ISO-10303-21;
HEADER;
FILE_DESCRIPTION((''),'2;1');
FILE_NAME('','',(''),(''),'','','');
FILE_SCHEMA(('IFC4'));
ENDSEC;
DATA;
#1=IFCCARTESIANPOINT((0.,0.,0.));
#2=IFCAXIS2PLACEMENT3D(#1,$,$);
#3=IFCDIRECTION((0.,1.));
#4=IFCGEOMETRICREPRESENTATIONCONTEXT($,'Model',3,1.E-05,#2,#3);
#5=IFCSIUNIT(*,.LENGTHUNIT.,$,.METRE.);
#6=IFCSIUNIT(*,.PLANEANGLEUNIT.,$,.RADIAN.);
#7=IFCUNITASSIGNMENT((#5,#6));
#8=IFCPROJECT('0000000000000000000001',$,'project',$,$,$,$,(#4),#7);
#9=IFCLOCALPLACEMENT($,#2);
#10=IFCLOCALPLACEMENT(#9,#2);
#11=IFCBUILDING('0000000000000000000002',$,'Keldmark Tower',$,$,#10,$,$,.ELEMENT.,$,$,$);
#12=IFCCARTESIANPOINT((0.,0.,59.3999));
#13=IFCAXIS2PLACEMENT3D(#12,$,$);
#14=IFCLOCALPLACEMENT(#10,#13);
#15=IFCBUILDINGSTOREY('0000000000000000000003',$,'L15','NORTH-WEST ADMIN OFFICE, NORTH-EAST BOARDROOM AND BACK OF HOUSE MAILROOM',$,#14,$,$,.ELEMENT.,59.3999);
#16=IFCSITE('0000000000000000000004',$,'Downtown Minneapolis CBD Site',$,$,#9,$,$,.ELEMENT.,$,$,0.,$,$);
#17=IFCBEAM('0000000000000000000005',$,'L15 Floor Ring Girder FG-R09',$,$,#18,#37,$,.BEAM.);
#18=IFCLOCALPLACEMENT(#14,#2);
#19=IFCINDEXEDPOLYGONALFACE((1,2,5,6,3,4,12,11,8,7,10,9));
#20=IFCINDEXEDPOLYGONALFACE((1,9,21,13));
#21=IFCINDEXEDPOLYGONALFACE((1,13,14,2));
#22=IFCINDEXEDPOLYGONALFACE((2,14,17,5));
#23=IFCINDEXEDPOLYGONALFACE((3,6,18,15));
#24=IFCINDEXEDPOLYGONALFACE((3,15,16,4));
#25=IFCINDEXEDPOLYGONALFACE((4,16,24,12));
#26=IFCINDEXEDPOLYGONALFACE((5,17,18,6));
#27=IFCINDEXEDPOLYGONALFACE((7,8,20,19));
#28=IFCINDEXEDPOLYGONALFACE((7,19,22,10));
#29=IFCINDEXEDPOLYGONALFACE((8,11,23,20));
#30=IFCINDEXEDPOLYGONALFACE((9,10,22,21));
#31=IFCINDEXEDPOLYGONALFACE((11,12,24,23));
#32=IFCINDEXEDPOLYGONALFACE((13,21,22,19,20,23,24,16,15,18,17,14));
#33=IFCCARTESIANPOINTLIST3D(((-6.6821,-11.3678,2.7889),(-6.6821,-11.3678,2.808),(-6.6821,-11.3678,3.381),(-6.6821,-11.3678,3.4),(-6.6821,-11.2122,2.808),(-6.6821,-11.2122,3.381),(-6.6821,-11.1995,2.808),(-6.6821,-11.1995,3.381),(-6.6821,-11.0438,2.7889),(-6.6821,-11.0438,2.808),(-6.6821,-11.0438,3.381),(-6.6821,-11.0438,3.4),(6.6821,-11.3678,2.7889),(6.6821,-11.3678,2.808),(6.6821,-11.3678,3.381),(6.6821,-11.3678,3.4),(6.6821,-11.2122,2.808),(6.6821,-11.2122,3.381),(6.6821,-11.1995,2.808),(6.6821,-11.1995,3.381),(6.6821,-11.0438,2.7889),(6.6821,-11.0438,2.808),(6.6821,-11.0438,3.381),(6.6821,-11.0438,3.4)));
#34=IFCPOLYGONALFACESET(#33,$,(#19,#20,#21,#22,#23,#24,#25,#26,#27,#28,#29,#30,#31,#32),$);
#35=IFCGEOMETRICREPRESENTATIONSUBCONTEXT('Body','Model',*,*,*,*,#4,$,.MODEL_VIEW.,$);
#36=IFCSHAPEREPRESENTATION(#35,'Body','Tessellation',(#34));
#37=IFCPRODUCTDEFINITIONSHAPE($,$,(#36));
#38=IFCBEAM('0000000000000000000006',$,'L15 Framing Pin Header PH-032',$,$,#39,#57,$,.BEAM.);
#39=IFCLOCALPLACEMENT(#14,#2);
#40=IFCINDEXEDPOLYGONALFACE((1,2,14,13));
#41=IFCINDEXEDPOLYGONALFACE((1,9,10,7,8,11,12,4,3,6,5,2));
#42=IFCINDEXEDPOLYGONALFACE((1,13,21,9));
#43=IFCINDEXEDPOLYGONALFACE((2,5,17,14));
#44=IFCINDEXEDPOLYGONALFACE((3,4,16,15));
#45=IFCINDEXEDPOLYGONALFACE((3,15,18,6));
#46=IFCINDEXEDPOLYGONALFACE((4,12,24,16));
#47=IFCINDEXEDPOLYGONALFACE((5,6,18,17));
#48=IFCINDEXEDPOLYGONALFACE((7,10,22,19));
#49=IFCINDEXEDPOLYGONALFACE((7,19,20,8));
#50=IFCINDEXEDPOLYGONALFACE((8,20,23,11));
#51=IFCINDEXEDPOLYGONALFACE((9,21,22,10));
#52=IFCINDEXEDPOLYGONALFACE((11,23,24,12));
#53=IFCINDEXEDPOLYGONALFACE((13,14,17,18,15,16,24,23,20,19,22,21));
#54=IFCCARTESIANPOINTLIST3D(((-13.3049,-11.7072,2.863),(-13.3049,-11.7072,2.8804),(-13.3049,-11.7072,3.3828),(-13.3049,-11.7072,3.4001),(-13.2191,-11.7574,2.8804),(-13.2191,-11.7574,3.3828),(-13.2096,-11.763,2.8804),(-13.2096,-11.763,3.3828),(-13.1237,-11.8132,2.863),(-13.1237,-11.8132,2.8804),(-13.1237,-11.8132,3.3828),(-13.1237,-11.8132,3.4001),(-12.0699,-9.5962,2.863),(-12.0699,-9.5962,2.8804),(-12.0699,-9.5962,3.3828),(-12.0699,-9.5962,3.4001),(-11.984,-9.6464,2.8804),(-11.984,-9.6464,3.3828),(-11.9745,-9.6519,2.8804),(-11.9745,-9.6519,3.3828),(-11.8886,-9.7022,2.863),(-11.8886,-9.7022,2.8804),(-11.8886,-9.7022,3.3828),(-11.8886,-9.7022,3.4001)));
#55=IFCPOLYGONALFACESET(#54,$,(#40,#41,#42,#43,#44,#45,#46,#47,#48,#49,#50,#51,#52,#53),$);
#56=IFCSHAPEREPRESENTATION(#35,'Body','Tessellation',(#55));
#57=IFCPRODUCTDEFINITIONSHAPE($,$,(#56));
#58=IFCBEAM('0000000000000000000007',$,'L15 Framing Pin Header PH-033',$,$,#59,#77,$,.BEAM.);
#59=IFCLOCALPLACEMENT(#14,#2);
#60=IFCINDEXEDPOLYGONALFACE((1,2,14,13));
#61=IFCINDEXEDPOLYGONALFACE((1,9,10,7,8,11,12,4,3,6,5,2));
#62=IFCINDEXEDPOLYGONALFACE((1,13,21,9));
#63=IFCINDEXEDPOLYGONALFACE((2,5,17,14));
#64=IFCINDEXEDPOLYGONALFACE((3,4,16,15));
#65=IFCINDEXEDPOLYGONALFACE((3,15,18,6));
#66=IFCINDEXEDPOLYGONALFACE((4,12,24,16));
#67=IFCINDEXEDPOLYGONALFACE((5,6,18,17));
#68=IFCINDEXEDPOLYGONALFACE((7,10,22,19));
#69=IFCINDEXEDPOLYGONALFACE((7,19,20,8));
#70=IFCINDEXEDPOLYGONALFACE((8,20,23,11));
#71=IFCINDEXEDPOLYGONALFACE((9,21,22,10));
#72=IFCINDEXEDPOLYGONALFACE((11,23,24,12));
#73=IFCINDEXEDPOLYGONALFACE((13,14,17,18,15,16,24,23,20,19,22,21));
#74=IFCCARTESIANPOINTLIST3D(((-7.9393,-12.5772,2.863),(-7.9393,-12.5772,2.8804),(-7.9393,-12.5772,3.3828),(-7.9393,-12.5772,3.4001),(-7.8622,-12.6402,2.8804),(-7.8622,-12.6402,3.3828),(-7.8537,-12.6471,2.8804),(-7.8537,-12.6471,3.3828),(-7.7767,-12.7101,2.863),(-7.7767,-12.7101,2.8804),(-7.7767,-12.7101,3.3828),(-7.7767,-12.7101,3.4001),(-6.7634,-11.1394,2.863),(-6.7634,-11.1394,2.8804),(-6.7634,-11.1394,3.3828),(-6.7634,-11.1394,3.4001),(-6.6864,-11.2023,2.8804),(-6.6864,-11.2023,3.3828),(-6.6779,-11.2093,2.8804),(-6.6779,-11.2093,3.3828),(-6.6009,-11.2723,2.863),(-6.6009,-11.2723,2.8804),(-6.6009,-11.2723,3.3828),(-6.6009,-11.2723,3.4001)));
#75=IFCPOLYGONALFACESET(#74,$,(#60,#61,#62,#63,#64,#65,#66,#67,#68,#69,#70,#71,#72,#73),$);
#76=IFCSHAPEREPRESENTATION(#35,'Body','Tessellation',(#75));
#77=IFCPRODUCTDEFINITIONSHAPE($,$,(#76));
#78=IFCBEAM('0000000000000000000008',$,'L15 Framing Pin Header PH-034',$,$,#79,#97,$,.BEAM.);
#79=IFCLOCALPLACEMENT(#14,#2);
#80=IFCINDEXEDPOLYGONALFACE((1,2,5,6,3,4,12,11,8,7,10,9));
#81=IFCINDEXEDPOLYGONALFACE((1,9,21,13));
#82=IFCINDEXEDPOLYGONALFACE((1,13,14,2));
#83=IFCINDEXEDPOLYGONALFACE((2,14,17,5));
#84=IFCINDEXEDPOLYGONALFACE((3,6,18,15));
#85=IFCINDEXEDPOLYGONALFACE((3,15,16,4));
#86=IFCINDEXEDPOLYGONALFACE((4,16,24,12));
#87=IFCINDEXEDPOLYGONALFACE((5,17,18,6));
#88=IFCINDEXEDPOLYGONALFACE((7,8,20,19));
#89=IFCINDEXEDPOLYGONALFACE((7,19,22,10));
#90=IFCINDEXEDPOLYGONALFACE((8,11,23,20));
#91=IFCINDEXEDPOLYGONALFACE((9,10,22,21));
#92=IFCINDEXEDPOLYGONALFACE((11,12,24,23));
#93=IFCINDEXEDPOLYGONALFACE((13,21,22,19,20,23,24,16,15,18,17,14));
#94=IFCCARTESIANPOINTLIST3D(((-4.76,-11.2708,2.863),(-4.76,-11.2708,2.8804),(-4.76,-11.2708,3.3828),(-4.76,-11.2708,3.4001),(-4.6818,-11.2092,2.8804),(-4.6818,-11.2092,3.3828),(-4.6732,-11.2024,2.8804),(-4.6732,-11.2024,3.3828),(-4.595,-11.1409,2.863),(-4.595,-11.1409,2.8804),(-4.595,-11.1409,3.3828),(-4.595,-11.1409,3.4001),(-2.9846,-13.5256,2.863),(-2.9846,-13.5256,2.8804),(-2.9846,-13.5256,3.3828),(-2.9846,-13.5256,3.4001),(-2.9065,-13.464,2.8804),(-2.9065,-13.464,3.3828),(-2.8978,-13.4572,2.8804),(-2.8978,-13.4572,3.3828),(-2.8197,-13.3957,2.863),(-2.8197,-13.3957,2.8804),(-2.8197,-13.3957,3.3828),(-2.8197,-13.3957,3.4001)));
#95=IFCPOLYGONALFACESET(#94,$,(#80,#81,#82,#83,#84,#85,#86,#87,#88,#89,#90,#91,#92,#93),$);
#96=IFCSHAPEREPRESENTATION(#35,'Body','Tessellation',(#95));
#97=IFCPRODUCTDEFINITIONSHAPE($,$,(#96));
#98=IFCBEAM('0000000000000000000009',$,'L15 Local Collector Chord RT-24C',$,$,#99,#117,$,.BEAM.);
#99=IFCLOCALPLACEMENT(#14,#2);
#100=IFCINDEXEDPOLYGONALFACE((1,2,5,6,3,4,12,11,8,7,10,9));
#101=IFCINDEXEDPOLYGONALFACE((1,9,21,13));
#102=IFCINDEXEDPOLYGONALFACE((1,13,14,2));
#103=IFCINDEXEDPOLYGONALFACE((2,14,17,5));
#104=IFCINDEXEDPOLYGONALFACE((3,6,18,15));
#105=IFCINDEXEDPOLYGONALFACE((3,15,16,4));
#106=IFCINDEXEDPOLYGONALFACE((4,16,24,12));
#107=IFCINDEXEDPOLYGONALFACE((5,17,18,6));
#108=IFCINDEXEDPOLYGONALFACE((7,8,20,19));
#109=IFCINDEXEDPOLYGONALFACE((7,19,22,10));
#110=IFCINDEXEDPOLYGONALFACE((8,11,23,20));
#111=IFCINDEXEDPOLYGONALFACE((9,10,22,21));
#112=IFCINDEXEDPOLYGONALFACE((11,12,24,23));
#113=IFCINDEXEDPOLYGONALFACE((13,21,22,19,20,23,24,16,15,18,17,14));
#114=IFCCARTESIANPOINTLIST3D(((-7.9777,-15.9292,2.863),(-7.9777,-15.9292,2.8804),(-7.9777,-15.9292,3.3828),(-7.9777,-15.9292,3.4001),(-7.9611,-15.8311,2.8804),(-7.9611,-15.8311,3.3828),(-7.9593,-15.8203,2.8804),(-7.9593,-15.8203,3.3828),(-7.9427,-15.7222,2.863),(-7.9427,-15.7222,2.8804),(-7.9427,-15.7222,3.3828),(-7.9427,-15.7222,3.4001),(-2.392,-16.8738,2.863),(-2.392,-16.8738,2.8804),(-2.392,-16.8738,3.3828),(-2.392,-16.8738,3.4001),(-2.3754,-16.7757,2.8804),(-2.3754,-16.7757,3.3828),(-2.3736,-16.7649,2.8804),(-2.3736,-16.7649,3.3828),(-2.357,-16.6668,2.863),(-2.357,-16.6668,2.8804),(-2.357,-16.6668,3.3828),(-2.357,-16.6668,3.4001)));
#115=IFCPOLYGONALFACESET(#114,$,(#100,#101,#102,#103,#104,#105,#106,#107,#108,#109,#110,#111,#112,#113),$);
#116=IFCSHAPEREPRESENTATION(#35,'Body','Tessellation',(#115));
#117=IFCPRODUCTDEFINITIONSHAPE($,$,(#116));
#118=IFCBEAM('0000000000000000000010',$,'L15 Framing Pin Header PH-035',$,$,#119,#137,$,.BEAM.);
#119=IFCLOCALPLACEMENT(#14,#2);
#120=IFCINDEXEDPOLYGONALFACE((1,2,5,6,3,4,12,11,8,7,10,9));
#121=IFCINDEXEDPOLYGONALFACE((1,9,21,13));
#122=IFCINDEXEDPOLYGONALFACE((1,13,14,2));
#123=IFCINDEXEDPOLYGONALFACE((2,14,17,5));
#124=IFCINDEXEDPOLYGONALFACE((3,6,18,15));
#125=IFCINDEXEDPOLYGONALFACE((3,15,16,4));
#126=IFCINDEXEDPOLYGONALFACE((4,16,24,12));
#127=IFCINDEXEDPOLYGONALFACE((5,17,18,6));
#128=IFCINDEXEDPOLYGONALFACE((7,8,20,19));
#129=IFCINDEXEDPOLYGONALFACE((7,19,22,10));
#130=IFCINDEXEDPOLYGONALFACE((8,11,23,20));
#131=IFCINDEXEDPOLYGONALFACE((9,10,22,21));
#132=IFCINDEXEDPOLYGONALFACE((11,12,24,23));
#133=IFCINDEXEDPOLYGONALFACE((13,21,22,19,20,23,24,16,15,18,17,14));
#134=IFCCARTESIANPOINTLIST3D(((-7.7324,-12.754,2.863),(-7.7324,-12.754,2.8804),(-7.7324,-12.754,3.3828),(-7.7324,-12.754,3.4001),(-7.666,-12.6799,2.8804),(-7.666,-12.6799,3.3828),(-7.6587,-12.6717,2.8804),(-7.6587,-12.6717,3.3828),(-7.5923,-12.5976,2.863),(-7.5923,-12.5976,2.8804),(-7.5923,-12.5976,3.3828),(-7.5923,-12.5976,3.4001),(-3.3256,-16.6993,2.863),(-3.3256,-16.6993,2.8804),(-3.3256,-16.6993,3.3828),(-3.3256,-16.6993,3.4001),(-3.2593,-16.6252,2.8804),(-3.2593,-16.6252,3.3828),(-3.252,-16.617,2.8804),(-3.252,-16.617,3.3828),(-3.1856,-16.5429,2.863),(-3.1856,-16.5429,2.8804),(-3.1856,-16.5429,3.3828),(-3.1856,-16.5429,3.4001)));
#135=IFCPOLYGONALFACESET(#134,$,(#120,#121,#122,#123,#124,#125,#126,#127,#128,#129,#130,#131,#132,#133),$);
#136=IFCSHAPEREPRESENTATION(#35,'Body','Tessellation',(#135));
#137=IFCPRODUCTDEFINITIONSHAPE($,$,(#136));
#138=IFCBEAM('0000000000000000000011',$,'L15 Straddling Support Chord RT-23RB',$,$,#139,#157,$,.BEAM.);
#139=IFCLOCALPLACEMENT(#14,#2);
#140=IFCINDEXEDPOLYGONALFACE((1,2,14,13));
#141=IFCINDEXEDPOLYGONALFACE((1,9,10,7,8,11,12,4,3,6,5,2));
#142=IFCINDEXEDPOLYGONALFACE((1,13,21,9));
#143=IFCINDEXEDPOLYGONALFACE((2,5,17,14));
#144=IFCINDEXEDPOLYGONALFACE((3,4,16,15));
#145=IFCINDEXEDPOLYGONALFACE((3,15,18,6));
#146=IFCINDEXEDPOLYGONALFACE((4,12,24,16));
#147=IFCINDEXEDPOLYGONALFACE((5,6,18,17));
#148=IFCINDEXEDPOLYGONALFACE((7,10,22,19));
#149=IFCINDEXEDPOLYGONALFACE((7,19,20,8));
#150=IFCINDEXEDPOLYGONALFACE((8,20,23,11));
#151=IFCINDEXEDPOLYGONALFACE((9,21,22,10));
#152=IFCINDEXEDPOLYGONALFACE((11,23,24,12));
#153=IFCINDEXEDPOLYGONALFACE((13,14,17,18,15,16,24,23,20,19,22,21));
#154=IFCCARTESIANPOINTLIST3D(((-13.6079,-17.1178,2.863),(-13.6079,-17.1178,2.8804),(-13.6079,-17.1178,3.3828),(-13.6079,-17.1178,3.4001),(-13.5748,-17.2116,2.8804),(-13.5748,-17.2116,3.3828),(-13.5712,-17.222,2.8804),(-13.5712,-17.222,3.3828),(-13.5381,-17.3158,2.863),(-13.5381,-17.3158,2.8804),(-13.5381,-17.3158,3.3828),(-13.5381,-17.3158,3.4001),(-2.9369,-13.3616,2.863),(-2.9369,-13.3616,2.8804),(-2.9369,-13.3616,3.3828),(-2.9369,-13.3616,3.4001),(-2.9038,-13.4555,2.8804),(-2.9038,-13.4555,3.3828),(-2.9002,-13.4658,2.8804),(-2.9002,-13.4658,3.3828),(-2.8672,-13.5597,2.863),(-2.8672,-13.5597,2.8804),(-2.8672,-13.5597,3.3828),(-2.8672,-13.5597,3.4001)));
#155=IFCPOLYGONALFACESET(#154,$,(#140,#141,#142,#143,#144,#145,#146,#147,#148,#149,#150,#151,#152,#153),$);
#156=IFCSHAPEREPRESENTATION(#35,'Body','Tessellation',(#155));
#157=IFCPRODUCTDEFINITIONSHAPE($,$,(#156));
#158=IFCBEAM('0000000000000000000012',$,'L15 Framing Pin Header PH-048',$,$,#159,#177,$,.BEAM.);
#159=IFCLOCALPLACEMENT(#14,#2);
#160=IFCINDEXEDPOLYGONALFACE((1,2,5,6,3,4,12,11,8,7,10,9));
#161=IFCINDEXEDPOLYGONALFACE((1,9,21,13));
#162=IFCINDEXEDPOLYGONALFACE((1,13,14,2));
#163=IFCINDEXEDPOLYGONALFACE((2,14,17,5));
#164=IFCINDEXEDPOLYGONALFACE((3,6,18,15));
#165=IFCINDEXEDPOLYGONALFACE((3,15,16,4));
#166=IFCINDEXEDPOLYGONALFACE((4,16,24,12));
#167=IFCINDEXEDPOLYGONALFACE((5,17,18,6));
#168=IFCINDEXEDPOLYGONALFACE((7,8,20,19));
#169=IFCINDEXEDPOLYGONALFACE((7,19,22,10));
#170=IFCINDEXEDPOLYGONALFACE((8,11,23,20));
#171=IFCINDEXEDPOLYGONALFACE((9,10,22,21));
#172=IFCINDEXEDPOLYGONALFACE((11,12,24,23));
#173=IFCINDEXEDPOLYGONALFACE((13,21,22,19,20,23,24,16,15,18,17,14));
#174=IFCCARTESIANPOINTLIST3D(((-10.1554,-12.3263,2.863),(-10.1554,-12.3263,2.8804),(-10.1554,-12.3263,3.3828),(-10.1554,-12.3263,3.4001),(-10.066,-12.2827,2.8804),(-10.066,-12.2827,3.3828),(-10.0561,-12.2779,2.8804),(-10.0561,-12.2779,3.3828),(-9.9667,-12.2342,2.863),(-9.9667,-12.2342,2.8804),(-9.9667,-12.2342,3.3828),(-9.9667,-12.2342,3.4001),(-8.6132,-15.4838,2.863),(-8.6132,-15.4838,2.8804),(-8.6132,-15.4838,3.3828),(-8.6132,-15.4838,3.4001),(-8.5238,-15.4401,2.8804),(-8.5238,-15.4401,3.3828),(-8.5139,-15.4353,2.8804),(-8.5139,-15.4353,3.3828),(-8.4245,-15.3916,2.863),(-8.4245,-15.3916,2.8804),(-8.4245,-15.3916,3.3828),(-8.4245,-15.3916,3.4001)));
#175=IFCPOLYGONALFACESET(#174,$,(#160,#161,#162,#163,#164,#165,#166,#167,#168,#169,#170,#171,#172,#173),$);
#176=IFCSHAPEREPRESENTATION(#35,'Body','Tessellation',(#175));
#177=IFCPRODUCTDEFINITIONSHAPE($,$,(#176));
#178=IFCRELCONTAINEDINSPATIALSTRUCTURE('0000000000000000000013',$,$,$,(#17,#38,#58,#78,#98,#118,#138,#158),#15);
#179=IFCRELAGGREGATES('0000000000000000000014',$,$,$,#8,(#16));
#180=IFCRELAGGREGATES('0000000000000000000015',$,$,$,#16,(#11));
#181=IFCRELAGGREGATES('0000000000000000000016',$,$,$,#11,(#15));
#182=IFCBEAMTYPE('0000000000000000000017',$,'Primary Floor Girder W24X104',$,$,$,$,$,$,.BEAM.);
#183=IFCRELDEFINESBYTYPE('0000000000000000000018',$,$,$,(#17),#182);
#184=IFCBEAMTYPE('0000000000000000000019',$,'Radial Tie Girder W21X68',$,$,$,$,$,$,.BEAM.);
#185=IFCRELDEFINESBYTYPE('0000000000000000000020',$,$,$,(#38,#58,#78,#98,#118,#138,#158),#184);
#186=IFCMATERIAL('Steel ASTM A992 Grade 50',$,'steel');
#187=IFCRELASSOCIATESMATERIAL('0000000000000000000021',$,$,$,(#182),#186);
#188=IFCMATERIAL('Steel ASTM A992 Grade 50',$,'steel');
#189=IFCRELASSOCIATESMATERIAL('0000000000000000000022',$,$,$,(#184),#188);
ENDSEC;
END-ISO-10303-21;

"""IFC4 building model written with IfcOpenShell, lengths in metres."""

from ifc_helpers import new_model, si_unit, direction, frame, origin, origin_2d, place, context, subcontext, project, spatial, i_section, extrude, material, material_profile, profile_set, type_object, element, save


model = new_model("IFC4")

# Units and contexts
model_context = context("Model", 3, precision=1e-05, world=origin(), true_north=direction((0.0, 1.0)))
body_context = subcontext(model_context, "Body", "Model", "MODEL_VIEW")
ifc_project = project(units=[si_unit("LENGTHUNIT", "METRE"), si_unit("PLANEANGLEUNIT", "RADIAN")], contexts=[model_context])

# Site, building, storey
site_placement = place(None, origin())
site = spatial("IfcSite", under=ifc_project, at=site_placement, Name="Downtown Minneapolis CBD Site", CompositionType="ELEMENT", RefElevation=0.0)
building_placement = place(site_placement, origin())
building = spatial("IfcBuilding", under=site, at=building_placement, Name="Keldmark Tower", CompositionType="ELEMENT")
storey_placement = place(building_placement, frame((0.0, 0.0, 59.3999)))
storey = spatial("IfcBuildingStorey", under=building, at=storey_placement, Name="L15", Description="NORTH-WEST ADMIN OFFICE, NORTH-EAST BOARDROOM AND BACK OF HOUSE MAILROOM", CompositionType="ELEMENT", Elevation=59.3999)

# Beams
ifc_material_1 = material(Name="Steel ASTM A992 Grade 50", Category="steel")
ifc_material_profile_1 = material_profile(ifc_material_1, i_section(OverallWidth=0.324, OverallDepth=0.6111, WebThickness=0.0127, FlangeThickness=0.019, at=origin_2d()), Name="W24X104")
ifc_profile_set_1 = profile_set([ifc_material_profile_1], Name="Steel ASTM A992 Grade 50")
beam_type_1 = type_object("IfcBeamType", Name="Primary Floor Girder W24X104", PredefinedType="BEAM", material=ifc_profile_set_1)
beam_1_placement = place(storey_placement, frame((-6.6821, -11.2058, 3.0945), z_axis=(1.0, 0.0, 0.0), x_axis=(0.0, 1.0, 0.0)))
element("IfcBeam", 1, at=beam_1_placement, inside=storey, type_object=beam_type_1, Name="L15 Floor Ring Girder FG-R09", PredefinedType="BEAM", context=body_context, shape_type="SweptSolid", body=[
    extrude(i_section(OverallWidth=0.324, OverallDepth=0.6111, WebThickness=0.0127, FlangeThickness=0.019, at=origin_2d()), origin(), (0.0, 0.0, 1.0), 13.3643),
])
ifc_material_2 = material(Name="Steel ASTM A992 Grade 50", Category="steel")
ifc_material_profile_2 = material_profile(ifc_material_2, i_section(OverallWidth=0.21, OverallDepth=0.5371, WebThickness=0.011, FlangeThickness=0.0173, at=origin_2d()), Name="W21X68")
ifc_profile_set_2 = profile_set([ifc_material_profile_2], Name="Steel ASTM A992 Grade 50")
beam_type_2 = type_object("IfcBeamType", Name="Radial Tie Girder W21X68", PredefinedType="BEAM", material=ifc_profile_set_2)
beam_2_placement = place(storey_placement, frame((-11.9792, -9.6492, 3.1316), z_axis=(-0.504982, -0.86313, 0.0), x_axis=(0.86313, -0.504982, 0.0)))
element("IfcBeam", 2, at=beam_2_placement, inside=storey, type_object=beam_type_2, Name="L15 Framing Pin Header PH-032", PredefinedType="BEAM", context=body_context, shape_type="SweptSolid", body=[
    extrude(i_section(OverallWidth=0.21, OverallDepth=0.5371, WebThickness=0.011, FlangeThickness=0.0173, at=origin_2d()), origin(), (0.0, 0.0, 1.0), 2.4458),
])
beam_3_placement = place(storey_placement, frame((-6.6821, -11.2058, 3.1316), z_axis=(-0.633059, -0.774104, 0.0), x_axis=(0.774104, -0.633059, 0.0)))
element("IfcBeam", 3, at=beam_3_placement, inside=storey, type_object=beam_type_2, Name="L15 Framing Pin Header PH-033", PredefinedType="BEAM", context=body_context, shape_type="SweptSolid", body=[
    extrude(i_section(OverallWidth=0.21, OverallDepth=0.5371, WebThickness=0.011, FlangeThickness=0.0173, at=origin_2d()), origin(), (0.0, 0.0, 1.0), 1.8574),
])
beam_4_placement = place(storey_placement, frame((-4.6775, -11.2058, 3.1316), z_axis=(0.618618, -0.785692, 0.0), x_axis=(0.785692, 0.618618, 0.0)))
element("IfcBeam", 4, at=beam_4_placement, inside=storey, type_object=beam_type_2, Name="L15 Framing Pin Header PH-034", PredefinedType="BEAM", context=body_context, shape_type="SweptSolid", body=[
    extrude(i_section(OverallWidth=0.21, OverallDepth=0.5371, WebThickness=0.011, FlangeThickness=0.0173, at=origin_2d()), origin(), (0.0, 0.0, 1.0), 2.8699),
])
beam_5_placement = place(storey_placement, frame((-7.9602, -15.8257, 3.1316), z_axis=(0.986001, -0.16674, 0.0), x_axis=(0.16674, 0.986001, 0.0)))
element("IfcBeam", 5, at=beam_5_placement, inside=storey, type_object=beam_type_2, Name="L15 Local Collector Chord RT-24C", PredefinedType="BEAM", context=body_context, shape_type="SweptSolid", body=[
    extrude(i_section(OverallWidth=0.21, OverallDepth=0.5371, WebThickness=0.011, FlangeThickness=0.0173, at=origin_2d()), origin(), (0.0, 0.0, 1.0), 5.665),
])
beam_6_placement = place(storey_placement, frame((-7.6624, -12.6758, 3.1316), z_axis=(0.745036, -0.667024, 0.0), x_axis=(0.667024, 0.745036, 0.0)))
element("IfcBeam", 6, at=beam_6_placement, inside=storey, type_object=beam_type_2, Name="L15 Framing Pin Header PH-035", PredefinedType="BEAM", context=body_context, shape_type="SweptSolid", body=[
    extrude(i_section(OverallWidth=0.21, OverallDepth=0.5371, WebThickness=0.011, FlangeThickness=0.0173, at=origin_2d()), origin(), (0.0, 0.0, 1.0), 5.9148),
])
beam_7_placement = place(storey_placement, frame((-13.573, -17.2168, 3.1316), z_axis=(0.94327, 0.332026, 0.0), x_axis=(-0.332026, 0.94327, 0.0)))
element("IfcBeam", 7, at=beam_7_placement, inside=storey, type_object=beam_type_2, Name="L15 Straddling Support Chord RT-23RB", PredefinedType="BEAM", context=body_context, shape_type="SweptSolid", body=[
    extrude(i_section(OverallWidth=0.21, OverallDepth=0.5371, WebThickness=0.011, FlangeThickness=0.0173, at=origin_2d()), origin(), (0.0, 0.0, 1.0), 11.3127),
])
beam_8_placement = place(storey_placement, frame((-10.061, -12.2803, 3.1316), z_axis=(0.438885, -0.898543, 0.0), x_axis=(0.898543, 0.438885, 0.0)))
element("IfcBeam", 8, at=beam_8_placement, inside=storey, type_object=beam_type_2, Name="L15 Framing Pin Header PH-048", PredefinedType="BEAM", context=body_context, shape_type="SweptSolid", body=[
    extrude(i_section(OverallWidth=0.21, OverallDepth=0.5371, WebThickness=0.011, FlangeThickness=0.0173, at=origin_2d()), origin(), (0.0, 0.0, 1.0), 3.5139),
])

save(model, "model.ifc")
